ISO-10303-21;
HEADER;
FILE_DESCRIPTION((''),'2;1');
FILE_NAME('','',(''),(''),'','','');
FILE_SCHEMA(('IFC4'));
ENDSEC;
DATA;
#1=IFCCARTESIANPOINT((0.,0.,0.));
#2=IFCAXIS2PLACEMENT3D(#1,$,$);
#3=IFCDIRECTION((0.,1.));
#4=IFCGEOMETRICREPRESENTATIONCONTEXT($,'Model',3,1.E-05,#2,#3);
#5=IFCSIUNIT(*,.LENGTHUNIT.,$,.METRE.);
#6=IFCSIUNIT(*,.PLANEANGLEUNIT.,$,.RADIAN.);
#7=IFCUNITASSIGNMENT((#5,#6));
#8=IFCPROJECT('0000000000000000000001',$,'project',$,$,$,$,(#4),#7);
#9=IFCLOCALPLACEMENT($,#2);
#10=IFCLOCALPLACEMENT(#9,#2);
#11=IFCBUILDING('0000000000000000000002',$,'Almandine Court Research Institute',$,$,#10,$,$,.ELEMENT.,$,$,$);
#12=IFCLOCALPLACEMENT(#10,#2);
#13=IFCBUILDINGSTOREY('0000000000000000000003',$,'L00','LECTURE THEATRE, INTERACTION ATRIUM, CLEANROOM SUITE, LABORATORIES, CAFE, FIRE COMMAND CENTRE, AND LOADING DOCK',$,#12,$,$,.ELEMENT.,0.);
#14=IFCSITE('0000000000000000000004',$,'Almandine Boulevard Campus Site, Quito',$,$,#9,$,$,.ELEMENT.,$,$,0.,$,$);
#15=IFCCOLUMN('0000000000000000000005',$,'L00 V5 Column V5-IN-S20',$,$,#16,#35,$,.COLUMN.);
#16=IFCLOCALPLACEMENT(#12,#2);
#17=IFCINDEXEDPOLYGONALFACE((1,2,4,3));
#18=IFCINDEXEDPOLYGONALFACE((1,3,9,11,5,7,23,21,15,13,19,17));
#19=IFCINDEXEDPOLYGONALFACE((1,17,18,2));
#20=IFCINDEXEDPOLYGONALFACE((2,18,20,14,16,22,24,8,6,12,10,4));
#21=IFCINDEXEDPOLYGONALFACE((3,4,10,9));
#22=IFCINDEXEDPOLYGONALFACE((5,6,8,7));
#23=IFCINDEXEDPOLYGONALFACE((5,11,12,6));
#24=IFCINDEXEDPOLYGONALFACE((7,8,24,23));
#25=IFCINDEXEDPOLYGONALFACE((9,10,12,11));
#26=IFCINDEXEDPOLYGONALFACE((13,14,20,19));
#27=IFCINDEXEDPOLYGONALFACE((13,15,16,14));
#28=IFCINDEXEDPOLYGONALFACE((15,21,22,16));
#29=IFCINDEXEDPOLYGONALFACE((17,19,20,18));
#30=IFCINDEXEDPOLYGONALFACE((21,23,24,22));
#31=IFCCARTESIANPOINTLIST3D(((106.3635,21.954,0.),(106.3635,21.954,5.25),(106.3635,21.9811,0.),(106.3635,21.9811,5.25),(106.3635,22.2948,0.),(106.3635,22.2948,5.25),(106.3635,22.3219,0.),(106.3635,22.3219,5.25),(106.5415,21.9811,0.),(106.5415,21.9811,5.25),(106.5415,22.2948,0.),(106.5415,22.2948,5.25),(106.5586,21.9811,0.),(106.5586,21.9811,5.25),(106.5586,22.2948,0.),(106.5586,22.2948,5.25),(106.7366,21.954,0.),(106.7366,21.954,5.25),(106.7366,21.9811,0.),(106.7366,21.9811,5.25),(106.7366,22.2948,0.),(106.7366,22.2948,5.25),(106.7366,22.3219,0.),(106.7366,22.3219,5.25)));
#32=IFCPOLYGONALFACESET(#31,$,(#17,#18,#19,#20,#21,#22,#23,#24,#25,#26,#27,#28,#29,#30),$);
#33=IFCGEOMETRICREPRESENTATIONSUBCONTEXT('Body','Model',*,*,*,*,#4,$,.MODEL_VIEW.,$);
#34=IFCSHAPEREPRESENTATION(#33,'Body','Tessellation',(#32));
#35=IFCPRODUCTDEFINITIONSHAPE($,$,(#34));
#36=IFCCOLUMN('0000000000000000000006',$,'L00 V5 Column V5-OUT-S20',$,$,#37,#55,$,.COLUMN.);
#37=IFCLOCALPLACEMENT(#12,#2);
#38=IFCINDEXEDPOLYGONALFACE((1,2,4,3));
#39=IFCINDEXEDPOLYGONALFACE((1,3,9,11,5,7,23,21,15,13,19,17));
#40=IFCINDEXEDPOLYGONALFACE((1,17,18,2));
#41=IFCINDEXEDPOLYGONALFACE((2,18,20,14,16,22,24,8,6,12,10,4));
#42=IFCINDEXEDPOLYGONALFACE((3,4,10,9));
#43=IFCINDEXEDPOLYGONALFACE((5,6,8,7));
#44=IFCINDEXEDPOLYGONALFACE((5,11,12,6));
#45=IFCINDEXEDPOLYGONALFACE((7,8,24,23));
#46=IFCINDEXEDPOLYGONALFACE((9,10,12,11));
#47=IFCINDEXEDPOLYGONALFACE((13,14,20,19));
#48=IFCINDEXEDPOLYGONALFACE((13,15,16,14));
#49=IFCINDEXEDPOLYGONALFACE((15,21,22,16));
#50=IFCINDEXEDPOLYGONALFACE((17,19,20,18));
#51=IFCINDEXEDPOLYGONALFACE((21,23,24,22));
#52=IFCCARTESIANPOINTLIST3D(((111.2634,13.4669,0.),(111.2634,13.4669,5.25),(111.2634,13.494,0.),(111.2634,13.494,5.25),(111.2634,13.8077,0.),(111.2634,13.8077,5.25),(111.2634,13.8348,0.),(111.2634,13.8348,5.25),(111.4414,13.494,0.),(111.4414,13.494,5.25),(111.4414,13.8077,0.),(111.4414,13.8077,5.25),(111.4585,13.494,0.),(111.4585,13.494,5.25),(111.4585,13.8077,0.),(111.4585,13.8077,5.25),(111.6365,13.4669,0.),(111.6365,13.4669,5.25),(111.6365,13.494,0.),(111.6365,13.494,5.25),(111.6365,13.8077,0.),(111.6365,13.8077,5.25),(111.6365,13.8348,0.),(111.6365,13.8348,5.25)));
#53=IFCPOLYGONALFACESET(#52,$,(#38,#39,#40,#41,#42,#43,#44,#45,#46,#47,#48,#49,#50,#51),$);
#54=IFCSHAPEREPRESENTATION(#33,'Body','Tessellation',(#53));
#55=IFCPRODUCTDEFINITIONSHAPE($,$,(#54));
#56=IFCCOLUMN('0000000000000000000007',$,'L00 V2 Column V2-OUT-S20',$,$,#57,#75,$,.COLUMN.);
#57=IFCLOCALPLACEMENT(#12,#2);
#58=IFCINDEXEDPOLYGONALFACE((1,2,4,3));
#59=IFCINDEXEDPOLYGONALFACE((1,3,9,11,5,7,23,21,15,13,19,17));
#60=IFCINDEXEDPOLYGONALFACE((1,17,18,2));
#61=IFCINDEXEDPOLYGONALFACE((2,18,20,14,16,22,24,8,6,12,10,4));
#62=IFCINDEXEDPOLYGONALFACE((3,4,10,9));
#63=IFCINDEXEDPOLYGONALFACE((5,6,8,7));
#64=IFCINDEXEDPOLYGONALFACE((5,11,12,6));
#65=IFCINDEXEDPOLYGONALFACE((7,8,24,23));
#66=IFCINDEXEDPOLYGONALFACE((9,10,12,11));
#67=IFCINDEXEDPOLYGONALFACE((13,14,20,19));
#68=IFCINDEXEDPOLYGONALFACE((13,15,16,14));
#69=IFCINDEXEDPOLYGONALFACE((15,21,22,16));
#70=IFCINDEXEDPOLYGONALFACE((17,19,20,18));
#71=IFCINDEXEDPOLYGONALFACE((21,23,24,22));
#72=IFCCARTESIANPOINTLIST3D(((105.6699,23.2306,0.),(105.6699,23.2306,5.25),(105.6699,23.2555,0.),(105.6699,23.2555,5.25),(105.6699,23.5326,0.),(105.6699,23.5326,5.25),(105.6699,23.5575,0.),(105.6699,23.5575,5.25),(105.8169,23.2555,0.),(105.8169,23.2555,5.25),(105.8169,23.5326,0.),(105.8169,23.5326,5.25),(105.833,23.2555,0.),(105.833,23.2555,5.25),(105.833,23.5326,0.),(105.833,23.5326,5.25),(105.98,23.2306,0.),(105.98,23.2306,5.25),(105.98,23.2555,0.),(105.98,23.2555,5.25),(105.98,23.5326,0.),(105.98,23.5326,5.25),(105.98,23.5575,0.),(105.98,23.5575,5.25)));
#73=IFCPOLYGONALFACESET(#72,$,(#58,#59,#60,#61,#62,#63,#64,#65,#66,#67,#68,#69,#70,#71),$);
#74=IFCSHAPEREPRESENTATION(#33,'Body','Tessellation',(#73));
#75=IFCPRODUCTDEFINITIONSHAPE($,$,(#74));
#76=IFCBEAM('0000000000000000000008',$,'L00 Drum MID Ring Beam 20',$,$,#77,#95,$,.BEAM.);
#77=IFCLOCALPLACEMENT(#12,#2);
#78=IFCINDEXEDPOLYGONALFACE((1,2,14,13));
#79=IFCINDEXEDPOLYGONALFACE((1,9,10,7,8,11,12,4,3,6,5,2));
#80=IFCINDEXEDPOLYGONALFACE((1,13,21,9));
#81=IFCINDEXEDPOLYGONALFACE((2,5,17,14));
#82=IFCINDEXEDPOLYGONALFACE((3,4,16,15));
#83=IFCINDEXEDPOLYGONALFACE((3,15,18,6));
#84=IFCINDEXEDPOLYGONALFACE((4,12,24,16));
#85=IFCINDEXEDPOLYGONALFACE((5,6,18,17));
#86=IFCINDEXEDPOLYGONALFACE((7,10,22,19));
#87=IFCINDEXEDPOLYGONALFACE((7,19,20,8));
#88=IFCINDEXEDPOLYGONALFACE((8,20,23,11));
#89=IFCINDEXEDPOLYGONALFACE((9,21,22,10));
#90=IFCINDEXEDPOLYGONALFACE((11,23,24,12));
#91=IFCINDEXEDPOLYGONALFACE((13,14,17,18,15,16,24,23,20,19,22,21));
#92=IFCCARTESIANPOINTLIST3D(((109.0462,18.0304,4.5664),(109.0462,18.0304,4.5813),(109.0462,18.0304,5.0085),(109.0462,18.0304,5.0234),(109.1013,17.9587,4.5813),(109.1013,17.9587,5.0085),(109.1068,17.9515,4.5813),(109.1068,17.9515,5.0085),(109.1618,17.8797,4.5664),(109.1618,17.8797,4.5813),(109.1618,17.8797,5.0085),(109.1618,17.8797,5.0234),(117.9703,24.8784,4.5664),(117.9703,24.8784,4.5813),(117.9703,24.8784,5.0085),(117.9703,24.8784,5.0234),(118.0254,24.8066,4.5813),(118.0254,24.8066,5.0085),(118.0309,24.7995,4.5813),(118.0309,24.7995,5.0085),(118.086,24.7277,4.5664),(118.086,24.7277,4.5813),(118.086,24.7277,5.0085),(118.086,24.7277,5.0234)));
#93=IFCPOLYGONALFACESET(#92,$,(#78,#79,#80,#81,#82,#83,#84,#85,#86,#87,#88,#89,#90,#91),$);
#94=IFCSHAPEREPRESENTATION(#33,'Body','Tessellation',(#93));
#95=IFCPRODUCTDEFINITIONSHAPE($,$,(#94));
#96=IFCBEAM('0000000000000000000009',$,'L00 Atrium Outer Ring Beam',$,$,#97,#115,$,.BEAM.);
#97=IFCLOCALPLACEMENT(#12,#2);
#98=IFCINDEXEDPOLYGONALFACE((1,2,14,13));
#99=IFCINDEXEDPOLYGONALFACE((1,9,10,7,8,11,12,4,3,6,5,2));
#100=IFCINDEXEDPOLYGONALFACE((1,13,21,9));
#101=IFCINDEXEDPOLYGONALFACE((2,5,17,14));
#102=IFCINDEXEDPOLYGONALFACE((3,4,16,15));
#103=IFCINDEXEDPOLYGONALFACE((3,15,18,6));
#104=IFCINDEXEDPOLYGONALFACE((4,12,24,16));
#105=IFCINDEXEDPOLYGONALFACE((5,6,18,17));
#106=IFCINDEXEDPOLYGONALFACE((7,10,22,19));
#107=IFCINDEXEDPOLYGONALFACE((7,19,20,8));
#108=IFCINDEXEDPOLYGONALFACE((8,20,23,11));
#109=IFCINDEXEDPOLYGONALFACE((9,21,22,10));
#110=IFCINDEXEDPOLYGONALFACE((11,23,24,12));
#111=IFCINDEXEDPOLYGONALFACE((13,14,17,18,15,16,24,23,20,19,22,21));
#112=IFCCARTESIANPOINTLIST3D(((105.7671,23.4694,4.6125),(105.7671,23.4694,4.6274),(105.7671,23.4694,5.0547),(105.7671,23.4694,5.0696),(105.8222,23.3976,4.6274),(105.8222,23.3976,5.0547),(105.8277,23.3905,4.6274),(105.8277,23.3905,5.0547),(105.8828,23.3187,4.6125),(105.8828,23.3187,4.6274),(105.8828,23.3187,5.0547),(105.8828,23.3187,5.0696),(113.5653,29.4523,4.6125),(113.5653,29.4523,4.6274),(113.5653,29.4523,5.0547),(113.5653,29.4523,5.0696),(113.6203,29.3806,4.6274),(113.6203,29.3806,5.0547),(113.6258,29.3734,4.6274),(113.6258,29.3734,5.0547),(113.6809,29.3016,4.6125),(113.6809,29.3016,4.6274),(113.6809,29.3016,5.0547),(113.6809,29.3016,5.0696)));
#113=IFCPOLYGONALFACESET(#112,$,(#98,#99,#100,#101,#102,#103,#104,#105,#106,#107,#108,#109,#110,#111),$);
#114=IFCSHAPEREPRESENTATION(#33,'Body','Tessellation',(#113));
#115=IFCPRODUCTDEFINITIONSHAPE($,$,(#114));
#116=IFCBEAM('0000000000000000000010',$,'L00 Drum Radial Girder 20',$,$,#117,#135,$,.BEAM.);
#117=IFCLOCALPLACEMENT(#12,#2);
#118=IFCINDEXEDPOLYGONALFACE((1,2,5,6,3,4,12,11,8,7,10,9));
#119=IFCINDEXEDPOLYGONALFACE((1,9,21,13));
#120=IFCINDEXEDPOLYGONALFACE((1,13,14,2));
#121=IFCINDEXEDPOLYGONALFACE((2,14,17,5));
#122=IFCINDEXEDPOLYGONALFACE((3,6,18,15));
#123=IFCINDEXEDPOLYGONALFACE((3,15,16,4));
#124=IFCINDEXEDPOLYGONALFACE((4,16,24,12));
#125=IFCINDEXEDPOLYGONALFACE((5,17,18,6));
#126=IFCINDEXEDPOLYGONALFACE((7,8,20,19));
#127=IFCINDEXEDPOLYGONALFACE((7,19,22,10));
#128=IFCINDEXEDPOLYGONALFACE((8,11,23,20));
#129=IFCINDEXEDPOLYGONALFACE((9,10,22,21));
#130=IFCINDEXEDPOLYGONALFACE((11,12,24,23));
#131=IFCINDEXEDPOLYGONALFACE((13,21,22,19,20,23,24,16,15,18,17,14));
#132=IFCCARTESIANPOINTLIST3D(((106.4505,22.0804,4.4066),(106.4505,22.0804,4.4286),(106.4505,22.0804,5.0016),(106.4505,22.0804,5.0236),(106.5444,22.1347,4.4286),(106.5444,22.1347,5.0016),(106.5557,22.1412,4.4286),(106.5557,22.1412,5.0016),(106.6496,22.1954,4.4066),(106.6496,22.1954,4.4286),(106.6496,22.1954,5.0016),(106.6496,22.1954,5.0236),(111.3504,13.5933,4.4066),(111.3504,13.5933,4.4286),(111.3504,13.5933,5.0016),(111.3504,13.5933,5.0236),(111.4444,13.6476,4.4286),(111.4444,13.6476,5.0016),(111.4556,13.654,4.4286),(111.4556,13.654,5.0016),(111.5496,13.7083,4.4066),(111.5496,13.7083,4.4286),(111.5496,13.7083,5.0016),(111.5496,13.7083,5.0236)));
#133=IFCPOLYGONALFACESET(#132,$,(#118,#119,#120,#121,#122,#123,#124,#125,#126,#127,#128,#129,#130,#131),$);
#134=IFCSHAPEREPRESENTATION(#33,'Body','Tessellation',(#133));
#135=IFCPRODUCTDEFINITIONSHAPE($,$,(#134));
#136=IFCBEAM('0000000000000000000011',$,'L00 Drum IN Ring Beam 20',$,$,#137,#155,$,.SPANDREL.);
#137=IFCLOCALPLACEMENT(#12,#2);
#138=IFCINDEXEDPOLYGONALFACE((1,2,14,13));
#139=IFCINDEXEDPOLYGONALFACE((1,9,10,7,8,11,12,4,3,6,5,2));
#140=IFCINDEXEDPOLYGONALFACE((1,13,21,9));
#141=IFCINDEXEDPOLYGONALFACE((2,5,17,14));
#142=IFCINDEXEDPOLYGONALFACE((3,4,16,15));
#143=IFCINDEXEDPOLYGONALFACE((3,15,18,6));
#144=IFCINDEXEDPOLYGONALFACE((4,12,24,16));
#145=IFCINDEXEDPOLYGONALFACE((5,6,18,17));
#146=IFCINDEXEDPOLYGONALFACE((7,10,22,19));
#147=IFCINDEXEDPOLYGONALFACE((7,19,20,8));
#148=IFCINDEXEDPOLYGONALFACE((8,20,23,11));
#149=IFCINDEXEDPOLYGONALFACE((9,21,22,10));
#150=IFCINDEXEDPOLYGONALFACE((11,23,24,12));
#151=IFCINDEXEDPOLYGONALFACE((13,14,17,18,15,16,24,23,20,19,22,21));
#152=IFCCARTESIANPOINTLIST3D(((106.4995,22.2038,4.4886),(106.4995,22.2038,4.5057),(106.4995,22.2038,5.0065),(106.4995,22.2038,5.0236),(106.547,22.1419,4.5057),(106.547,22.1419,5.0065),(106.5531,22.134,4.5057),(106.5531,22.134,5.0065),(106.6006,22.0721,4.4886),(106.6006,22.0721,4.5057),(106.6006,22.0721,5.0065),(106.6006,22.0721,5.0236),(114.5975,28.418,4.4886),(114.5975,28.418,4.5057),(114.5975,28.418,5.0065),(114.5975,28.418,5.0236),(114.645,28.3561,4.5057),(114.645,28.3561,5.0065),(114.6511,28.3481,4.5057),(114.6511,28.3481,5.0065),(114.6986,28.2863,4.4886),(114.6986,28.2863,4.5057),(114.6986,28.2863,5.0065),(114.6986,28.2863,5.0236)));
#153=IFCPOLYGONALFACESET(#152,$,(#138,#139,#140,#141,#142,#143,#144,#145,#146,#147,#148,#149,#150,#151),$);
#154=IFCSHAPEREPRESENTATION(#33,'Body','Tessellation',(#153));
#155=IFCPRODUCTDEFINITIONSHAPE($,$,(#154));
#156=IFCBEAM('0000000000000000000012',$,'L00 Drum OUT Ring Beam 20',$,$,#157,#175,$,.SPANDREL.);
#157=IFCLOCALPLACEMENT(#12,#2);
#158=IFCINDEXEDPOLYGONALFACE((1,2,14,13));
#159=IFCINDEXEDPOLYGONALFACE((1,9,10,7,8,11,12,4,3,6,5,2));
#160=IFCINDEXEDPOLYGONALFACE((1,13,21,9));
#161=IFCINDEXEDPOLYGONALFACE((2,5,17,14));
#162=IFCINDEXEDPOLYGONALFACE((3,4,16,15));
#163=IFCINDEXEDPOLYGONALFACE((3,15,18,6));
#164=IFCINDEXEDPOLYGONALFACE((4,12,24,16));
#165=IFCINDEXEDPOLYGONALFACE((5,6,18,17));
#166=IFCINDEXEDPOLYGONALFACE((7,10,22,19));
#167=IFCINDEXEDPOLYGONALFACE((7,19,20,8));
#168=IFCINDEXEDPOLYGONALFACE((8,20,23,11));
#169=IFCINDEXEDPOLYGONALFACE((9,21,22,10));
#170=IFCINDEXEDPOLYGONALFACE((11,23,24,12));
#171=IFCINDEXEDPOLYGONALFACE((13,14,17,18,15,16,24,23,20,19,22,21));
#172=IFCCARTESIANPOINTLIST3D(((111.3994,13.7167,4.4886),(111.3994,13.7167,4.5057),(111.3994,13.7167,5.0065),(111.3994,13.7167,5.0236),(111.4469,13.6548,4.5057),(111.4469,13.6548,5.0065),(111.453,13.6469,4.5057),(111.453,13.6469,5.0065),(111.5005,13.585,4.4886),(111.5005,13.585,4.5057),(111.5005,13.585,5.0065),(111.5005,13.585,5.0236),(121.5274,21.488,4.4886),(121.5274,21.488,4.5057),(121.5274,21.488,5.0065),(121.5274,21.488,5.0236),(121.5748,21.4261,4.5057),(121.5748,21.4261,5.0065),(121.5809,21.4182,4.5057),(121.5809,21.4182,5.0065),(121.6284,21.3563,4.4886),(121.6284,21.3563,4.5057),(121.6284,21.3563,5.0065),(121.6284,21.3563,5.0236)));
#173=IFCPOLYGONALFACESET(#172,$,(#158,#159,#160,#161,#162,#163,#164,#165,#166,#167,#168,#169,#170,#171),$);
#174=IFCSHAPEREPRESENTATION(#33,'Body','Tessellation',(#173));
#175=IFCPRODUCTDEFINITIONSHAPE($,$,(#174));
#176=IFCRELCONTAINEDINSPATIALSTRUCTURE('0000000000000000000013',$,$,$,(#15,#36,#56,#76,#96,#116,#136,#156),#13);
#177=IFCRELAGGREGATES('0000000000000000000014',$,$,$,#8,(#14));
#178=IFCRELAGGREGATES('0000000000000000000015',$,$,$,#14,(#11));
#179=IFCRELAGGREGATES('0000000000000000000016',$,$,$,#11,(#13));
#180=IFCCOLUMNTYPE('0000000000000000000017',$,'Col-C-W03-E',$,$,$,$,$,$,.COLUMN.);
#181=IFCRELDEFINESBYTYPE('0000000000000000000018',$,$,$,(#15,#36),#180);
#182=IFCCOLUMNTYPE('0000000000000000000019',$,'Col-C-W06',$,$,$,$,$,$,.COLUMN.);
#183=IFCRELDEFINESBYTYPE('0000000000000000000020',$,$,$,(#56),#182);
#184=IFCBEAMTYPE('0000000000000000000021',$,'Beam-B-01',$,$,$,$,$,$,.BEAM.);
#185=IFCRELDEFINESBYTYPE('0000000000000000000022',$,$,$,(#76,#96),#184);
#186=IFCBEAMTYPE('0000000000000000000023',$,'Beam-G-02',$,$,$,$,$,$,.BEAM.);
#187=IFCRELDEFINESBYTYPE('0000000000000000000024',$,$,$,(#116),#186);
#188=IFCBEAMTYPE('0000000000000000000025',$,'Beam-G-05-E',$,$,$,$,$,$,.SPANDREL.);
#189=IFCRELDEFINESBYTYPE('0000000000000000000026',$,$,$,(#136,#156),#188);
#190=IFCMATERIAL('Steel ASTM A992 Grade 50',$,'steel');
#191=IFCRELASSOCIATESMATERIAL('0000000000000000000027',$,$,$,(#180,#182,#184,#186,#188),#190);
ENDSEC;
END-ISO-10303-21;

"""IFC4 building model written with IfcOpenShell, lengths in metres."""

from ifc_helpers import new_model, si_unit, direction, frame, origin, origin_2d, place, context, subcontext, project, spatial, i_section, extrude, material, material_profile, profile_set, type_object, element, save


model = new_model("IFC4")

# Units and contexts
model_context = context("Model", 3, precision=1e-05, world=origin(), true_north=direction((0.0, 1.0)))
body_context = subcontext(model_context, "Body", "Model", "MODEL_VIEW")
ifc_project = project(units=[si_unit("LENGTHUNIT", "METRE"), si_unit("PLANEANGLEUNIT", "RADIAN")], contexts=[model_context])

# Site, building, storey
site_placement = place(None, origin())
site = spatial("IfcSite", under=ifc_project, at=site_placement, Name="Almandine Boulevard Campus Site, Quito", CompositionType="ELEMENT", RefElevation=0.0)
building_placement = place(site_placement, origin())
building = spatial("IfcBuilding", under=site, at=building_placement, Name="Almandine Court Research Institute", CompositionType="ELEMENT")
storey_placement = place(building_placement, origin())
storey = spatial("IfcBuildingStorey", under=building, at=storey_placement, Name="L00", Description="LECTURE THEATRE, INTERACTION ATRIUM, CLEANROOM SUITE, LABORATORIES, CAFE, FIRE COMMAND CENTRE, AND LOADING DOCK", CompositionType="ELEMENT", Elevation=0.0)

# Columns
ifc_material_1 = material(Name="Steel ASTM A992 Grade 50", Category="steel")
ifc_material_profile_1 = material_profile(ifc_material_1, i_section(OverallWidth=0.373, OverallDepth=0.3679, WebThickness=0.0171, FlangeThickness=0.0271, at=origin_2d()), Name="W360x179")
ifc_profile_set_1 = profile_set([ifc_material_profile_1], Name="Steel ASTM A992 Grade 50")
column_type_1 = type_object("IfcColumnType", Name="Col-C-W03-E", PredefinedType="COLUMN", material=ifc_profile_set_1)
for number, where, z_axis, x_axis, name in (
    (1, (106.55, 22.1379, 0.0), (0.0, 0.0, 1.0), (1.0, 0.0, 0.0), "L00 V5 Column V5-IN-S20"),
    (2, (111.45, 13.6509, 0.0), (0.0, 0.0, 1.0), (1.0, 0.0, 0.0), "L00 V5 Column V5-OUT-S20"),
):
    element("IfcColumn", number, at=place(storey_placement, frame(where, z_axis=z_axis, x_axis=x_axis)), inside=storey, type_object=column_type_1, Name=name, PredefinedType="COLUMN", context=body_context, shape_type="SweptSolid", body=[
        extrude(i_section(OverallWidth=0.373, OverallDepth=0.3679, WebThickness=0.0171, FlangeThickness=0.0271, at=origin_2d()), origin(), (0.0, 0.0, 1.0), 5.25),
    ])
ifc_material_profile_2 = material_profile(ifc_material_1, i_section(OverallWidth=0.3101, OverallDepth=0.3269, WebThickness=0.0161, FlangeThickness=0.0249, at=origin_2d()), Name="W310x158")
ifc_profile_set_2 = profile_set([ifc_material_profile_2], Name="Steel ASTM A992 Grade 50")
column_type_2 = type_object("IfcColumnType", Name="Col-C-W06", PredefinedType="COLUMN", material=ifc_profile_set_2)
column_placement = place(storey_placement, frame((105.825, 23.394, 0.0), z_axis=(0.0, 0.0, 1.0), x_axis=(1.0, 0.0, 0.0)))
element("IfcColumn", 3, at=column_placement, inside=storey, type_object=column_type_2, Name="L00 V2 Column V2-OUT-S20", PredefinedType="COLUMN", context=body_context, shape_type="SweptSolid", body=[
    extrude(i_section(OverallWidth=0.3101, OverallDepth=0.3269, WebThickness=0.0161, FlangeThickness=0.0249, at=origin_2d()), origin(), (0.0, 0.0, 1.0), 5.25),
])

# Beams
ifc_material_profile_3 = material_profile(ifc_material_1, i_section(OverallWidth=0.1899, OverallDepth=0.457, WebThickness=0.009, FlangeThickness=0.0149, at=origin_2d()), Name="W460x74")
ifc_profile_set_3 = profile_set([ifc_material_profile_3], Name="Steel ASTM A992 Grade 50")
beam_type_1 = type_object("IfcBeamType", Name="Beam-B-01", PredefinedType="BEAM", material=ifc_profile_set_3)
beam_1_placement = place(storey_placement, frame((109.104, 17.9551, 4.7949), z_axis=(0.793344, 0.608774, 0.0), x_axis=(-0.608774, 0.793344, 0.0)))
element("IfcBeam", 4, at=beam_1_placement, inside=storey, type_object=beam_type_1, Name="L00 Drum MID Ring Beam 20", PredefinedType="BEAM", context=body_context, shape_type="SweptSolid", body=[
    extrude(i_section(OverallWidth=0.1899, OverallDepth=0.457, WebThickness=0.009, FlangeThickness=0.0149, at=origin_2d()), origin(), (0.0, 0.0, 1.0), 11.2488),
])
beam_2_placement = place(storey_placement, frame((105.825, 23.394, 4.8411), z_axis=(0.793392, 0.608712, 0.0), x_axis=(-0.608712, 0.793392, 0.0)))
element("IfcBeam", 5, at=beam_2_placement, inside=storey, type_object=beam_type_1, Name="L00 Atrium Outer Ring Beam", PredefinedType="BEAM", context=body_context, shape_type="SweptSolid", body=[
    extrude(i_section(OverallWidth=0.1899, OverallDepth=0.457, WebThickness=0.009, FlangeThickness=0.0149, at=origin_2d()), origin(), (0.0, 0.0, 1.0), 9.8289),
])
ifc_material_profile_4 = material_profile(ifc_material_1, i_section(OverallWidth=0.23, OverallDepth=0.6169, WebThickness=0.0129, FlangeThickness=0.022, at=origin_2d()), Name="W610x140")
ifc_profile_set_4 = profile_set([ifc_material_profile_4], Name="Steel ASTM A992 Grade 50")
beam_type_2 = type_object("IfcBeamType", Name="Beam-G-02", PredefinedType="BEAM", material=ifc_profile_set_4)
beam_3_placement = place(storey_placement, frame((106.55, 22.1379, 4.7151), z_axis=(0.499992, -0.86603, 0.0), x_axis=(0.86603, 0.499992, 0.0)))
element("IfcBeam", 6, at=beam_3_placement, inside=storey, type_object=beam_type_2, Name="L00 Drum Radial Girder 20", PredefinedType="BEAM", context=body_context, shape_type="SweptSolid", body=[
    extrude(i_section(OverallWidth=0.23, OverallDepth=0.6169, WebThickness=0.0129, FlangeThickness=0.022, at=origin_2d()), origin(), (0.0, 0.0, 1.0), 9.8),
])
ifc_material_profile_5 = material_profile(ifc_material_1, i_section(OverallWidth=0.166, OverallDepth=0.5349, WebThickness=0.01, FlangeThickness=0.0171, at=origin_2d()), Name="W530x85")
ifc_profile_set_5 = profile_set([ifc_material_profile_5], Name="Steel ASTM A992 Grade 50")
beam_type_3 = type_object("IfcBeamType", Name="Beam-G-05-E", PredefinedType="SPANDREL", material=ifc_profile_set_5)
beam_4_placement = place(storey_placement, frame((106.55, 22.1379, 4.7561), z_axis=(0.793336, 0.608784, 0.0), x_axis=(-0.608784, 0.793336, 0.0)))
element("IfcBeam", 7, at=beam_4_placement, inside=storey, type_object=beam_type_3, Name="L00 Drum IN Ring Beam 20", PredefinedType="SPANDREL", context=body_context, shape_type="SweptSolid", body=[
    extrude(i_section(OverallWidth=0.166, OverallDepth=0.5349, WebThickness=0.01, FlangeThickness=0.0171, at=origin_2d()), origin(), (0.0, 0.0, 1.0), 10.2075),
])
beam_5_placement = place(storey_placement, frame((111.45, 13.6509, 4.7561), z_axis=(0.793361, 0.608752, 0.0), x_axis=(-0.608752, 0.793361, 0.0)))
element("IfcBeam", 8, at=beam_5_placement, inside=storey, type_object=beam_type_3, Name="L00 Drum OUT Ring Beam 20", PredefinedType="SPANDREL", context=body_context, shape_type="SweptSolid", body=[
    extrude(i_section(OverallWidth=0.166, OverallDepth=0.5349, WebThickness=0.01, FlangeThickness=0.0171, at=origin_2d()), origin(), (0.0, 0.0, 1.0), 12.7659),
])

save(model, "model.ifc")
